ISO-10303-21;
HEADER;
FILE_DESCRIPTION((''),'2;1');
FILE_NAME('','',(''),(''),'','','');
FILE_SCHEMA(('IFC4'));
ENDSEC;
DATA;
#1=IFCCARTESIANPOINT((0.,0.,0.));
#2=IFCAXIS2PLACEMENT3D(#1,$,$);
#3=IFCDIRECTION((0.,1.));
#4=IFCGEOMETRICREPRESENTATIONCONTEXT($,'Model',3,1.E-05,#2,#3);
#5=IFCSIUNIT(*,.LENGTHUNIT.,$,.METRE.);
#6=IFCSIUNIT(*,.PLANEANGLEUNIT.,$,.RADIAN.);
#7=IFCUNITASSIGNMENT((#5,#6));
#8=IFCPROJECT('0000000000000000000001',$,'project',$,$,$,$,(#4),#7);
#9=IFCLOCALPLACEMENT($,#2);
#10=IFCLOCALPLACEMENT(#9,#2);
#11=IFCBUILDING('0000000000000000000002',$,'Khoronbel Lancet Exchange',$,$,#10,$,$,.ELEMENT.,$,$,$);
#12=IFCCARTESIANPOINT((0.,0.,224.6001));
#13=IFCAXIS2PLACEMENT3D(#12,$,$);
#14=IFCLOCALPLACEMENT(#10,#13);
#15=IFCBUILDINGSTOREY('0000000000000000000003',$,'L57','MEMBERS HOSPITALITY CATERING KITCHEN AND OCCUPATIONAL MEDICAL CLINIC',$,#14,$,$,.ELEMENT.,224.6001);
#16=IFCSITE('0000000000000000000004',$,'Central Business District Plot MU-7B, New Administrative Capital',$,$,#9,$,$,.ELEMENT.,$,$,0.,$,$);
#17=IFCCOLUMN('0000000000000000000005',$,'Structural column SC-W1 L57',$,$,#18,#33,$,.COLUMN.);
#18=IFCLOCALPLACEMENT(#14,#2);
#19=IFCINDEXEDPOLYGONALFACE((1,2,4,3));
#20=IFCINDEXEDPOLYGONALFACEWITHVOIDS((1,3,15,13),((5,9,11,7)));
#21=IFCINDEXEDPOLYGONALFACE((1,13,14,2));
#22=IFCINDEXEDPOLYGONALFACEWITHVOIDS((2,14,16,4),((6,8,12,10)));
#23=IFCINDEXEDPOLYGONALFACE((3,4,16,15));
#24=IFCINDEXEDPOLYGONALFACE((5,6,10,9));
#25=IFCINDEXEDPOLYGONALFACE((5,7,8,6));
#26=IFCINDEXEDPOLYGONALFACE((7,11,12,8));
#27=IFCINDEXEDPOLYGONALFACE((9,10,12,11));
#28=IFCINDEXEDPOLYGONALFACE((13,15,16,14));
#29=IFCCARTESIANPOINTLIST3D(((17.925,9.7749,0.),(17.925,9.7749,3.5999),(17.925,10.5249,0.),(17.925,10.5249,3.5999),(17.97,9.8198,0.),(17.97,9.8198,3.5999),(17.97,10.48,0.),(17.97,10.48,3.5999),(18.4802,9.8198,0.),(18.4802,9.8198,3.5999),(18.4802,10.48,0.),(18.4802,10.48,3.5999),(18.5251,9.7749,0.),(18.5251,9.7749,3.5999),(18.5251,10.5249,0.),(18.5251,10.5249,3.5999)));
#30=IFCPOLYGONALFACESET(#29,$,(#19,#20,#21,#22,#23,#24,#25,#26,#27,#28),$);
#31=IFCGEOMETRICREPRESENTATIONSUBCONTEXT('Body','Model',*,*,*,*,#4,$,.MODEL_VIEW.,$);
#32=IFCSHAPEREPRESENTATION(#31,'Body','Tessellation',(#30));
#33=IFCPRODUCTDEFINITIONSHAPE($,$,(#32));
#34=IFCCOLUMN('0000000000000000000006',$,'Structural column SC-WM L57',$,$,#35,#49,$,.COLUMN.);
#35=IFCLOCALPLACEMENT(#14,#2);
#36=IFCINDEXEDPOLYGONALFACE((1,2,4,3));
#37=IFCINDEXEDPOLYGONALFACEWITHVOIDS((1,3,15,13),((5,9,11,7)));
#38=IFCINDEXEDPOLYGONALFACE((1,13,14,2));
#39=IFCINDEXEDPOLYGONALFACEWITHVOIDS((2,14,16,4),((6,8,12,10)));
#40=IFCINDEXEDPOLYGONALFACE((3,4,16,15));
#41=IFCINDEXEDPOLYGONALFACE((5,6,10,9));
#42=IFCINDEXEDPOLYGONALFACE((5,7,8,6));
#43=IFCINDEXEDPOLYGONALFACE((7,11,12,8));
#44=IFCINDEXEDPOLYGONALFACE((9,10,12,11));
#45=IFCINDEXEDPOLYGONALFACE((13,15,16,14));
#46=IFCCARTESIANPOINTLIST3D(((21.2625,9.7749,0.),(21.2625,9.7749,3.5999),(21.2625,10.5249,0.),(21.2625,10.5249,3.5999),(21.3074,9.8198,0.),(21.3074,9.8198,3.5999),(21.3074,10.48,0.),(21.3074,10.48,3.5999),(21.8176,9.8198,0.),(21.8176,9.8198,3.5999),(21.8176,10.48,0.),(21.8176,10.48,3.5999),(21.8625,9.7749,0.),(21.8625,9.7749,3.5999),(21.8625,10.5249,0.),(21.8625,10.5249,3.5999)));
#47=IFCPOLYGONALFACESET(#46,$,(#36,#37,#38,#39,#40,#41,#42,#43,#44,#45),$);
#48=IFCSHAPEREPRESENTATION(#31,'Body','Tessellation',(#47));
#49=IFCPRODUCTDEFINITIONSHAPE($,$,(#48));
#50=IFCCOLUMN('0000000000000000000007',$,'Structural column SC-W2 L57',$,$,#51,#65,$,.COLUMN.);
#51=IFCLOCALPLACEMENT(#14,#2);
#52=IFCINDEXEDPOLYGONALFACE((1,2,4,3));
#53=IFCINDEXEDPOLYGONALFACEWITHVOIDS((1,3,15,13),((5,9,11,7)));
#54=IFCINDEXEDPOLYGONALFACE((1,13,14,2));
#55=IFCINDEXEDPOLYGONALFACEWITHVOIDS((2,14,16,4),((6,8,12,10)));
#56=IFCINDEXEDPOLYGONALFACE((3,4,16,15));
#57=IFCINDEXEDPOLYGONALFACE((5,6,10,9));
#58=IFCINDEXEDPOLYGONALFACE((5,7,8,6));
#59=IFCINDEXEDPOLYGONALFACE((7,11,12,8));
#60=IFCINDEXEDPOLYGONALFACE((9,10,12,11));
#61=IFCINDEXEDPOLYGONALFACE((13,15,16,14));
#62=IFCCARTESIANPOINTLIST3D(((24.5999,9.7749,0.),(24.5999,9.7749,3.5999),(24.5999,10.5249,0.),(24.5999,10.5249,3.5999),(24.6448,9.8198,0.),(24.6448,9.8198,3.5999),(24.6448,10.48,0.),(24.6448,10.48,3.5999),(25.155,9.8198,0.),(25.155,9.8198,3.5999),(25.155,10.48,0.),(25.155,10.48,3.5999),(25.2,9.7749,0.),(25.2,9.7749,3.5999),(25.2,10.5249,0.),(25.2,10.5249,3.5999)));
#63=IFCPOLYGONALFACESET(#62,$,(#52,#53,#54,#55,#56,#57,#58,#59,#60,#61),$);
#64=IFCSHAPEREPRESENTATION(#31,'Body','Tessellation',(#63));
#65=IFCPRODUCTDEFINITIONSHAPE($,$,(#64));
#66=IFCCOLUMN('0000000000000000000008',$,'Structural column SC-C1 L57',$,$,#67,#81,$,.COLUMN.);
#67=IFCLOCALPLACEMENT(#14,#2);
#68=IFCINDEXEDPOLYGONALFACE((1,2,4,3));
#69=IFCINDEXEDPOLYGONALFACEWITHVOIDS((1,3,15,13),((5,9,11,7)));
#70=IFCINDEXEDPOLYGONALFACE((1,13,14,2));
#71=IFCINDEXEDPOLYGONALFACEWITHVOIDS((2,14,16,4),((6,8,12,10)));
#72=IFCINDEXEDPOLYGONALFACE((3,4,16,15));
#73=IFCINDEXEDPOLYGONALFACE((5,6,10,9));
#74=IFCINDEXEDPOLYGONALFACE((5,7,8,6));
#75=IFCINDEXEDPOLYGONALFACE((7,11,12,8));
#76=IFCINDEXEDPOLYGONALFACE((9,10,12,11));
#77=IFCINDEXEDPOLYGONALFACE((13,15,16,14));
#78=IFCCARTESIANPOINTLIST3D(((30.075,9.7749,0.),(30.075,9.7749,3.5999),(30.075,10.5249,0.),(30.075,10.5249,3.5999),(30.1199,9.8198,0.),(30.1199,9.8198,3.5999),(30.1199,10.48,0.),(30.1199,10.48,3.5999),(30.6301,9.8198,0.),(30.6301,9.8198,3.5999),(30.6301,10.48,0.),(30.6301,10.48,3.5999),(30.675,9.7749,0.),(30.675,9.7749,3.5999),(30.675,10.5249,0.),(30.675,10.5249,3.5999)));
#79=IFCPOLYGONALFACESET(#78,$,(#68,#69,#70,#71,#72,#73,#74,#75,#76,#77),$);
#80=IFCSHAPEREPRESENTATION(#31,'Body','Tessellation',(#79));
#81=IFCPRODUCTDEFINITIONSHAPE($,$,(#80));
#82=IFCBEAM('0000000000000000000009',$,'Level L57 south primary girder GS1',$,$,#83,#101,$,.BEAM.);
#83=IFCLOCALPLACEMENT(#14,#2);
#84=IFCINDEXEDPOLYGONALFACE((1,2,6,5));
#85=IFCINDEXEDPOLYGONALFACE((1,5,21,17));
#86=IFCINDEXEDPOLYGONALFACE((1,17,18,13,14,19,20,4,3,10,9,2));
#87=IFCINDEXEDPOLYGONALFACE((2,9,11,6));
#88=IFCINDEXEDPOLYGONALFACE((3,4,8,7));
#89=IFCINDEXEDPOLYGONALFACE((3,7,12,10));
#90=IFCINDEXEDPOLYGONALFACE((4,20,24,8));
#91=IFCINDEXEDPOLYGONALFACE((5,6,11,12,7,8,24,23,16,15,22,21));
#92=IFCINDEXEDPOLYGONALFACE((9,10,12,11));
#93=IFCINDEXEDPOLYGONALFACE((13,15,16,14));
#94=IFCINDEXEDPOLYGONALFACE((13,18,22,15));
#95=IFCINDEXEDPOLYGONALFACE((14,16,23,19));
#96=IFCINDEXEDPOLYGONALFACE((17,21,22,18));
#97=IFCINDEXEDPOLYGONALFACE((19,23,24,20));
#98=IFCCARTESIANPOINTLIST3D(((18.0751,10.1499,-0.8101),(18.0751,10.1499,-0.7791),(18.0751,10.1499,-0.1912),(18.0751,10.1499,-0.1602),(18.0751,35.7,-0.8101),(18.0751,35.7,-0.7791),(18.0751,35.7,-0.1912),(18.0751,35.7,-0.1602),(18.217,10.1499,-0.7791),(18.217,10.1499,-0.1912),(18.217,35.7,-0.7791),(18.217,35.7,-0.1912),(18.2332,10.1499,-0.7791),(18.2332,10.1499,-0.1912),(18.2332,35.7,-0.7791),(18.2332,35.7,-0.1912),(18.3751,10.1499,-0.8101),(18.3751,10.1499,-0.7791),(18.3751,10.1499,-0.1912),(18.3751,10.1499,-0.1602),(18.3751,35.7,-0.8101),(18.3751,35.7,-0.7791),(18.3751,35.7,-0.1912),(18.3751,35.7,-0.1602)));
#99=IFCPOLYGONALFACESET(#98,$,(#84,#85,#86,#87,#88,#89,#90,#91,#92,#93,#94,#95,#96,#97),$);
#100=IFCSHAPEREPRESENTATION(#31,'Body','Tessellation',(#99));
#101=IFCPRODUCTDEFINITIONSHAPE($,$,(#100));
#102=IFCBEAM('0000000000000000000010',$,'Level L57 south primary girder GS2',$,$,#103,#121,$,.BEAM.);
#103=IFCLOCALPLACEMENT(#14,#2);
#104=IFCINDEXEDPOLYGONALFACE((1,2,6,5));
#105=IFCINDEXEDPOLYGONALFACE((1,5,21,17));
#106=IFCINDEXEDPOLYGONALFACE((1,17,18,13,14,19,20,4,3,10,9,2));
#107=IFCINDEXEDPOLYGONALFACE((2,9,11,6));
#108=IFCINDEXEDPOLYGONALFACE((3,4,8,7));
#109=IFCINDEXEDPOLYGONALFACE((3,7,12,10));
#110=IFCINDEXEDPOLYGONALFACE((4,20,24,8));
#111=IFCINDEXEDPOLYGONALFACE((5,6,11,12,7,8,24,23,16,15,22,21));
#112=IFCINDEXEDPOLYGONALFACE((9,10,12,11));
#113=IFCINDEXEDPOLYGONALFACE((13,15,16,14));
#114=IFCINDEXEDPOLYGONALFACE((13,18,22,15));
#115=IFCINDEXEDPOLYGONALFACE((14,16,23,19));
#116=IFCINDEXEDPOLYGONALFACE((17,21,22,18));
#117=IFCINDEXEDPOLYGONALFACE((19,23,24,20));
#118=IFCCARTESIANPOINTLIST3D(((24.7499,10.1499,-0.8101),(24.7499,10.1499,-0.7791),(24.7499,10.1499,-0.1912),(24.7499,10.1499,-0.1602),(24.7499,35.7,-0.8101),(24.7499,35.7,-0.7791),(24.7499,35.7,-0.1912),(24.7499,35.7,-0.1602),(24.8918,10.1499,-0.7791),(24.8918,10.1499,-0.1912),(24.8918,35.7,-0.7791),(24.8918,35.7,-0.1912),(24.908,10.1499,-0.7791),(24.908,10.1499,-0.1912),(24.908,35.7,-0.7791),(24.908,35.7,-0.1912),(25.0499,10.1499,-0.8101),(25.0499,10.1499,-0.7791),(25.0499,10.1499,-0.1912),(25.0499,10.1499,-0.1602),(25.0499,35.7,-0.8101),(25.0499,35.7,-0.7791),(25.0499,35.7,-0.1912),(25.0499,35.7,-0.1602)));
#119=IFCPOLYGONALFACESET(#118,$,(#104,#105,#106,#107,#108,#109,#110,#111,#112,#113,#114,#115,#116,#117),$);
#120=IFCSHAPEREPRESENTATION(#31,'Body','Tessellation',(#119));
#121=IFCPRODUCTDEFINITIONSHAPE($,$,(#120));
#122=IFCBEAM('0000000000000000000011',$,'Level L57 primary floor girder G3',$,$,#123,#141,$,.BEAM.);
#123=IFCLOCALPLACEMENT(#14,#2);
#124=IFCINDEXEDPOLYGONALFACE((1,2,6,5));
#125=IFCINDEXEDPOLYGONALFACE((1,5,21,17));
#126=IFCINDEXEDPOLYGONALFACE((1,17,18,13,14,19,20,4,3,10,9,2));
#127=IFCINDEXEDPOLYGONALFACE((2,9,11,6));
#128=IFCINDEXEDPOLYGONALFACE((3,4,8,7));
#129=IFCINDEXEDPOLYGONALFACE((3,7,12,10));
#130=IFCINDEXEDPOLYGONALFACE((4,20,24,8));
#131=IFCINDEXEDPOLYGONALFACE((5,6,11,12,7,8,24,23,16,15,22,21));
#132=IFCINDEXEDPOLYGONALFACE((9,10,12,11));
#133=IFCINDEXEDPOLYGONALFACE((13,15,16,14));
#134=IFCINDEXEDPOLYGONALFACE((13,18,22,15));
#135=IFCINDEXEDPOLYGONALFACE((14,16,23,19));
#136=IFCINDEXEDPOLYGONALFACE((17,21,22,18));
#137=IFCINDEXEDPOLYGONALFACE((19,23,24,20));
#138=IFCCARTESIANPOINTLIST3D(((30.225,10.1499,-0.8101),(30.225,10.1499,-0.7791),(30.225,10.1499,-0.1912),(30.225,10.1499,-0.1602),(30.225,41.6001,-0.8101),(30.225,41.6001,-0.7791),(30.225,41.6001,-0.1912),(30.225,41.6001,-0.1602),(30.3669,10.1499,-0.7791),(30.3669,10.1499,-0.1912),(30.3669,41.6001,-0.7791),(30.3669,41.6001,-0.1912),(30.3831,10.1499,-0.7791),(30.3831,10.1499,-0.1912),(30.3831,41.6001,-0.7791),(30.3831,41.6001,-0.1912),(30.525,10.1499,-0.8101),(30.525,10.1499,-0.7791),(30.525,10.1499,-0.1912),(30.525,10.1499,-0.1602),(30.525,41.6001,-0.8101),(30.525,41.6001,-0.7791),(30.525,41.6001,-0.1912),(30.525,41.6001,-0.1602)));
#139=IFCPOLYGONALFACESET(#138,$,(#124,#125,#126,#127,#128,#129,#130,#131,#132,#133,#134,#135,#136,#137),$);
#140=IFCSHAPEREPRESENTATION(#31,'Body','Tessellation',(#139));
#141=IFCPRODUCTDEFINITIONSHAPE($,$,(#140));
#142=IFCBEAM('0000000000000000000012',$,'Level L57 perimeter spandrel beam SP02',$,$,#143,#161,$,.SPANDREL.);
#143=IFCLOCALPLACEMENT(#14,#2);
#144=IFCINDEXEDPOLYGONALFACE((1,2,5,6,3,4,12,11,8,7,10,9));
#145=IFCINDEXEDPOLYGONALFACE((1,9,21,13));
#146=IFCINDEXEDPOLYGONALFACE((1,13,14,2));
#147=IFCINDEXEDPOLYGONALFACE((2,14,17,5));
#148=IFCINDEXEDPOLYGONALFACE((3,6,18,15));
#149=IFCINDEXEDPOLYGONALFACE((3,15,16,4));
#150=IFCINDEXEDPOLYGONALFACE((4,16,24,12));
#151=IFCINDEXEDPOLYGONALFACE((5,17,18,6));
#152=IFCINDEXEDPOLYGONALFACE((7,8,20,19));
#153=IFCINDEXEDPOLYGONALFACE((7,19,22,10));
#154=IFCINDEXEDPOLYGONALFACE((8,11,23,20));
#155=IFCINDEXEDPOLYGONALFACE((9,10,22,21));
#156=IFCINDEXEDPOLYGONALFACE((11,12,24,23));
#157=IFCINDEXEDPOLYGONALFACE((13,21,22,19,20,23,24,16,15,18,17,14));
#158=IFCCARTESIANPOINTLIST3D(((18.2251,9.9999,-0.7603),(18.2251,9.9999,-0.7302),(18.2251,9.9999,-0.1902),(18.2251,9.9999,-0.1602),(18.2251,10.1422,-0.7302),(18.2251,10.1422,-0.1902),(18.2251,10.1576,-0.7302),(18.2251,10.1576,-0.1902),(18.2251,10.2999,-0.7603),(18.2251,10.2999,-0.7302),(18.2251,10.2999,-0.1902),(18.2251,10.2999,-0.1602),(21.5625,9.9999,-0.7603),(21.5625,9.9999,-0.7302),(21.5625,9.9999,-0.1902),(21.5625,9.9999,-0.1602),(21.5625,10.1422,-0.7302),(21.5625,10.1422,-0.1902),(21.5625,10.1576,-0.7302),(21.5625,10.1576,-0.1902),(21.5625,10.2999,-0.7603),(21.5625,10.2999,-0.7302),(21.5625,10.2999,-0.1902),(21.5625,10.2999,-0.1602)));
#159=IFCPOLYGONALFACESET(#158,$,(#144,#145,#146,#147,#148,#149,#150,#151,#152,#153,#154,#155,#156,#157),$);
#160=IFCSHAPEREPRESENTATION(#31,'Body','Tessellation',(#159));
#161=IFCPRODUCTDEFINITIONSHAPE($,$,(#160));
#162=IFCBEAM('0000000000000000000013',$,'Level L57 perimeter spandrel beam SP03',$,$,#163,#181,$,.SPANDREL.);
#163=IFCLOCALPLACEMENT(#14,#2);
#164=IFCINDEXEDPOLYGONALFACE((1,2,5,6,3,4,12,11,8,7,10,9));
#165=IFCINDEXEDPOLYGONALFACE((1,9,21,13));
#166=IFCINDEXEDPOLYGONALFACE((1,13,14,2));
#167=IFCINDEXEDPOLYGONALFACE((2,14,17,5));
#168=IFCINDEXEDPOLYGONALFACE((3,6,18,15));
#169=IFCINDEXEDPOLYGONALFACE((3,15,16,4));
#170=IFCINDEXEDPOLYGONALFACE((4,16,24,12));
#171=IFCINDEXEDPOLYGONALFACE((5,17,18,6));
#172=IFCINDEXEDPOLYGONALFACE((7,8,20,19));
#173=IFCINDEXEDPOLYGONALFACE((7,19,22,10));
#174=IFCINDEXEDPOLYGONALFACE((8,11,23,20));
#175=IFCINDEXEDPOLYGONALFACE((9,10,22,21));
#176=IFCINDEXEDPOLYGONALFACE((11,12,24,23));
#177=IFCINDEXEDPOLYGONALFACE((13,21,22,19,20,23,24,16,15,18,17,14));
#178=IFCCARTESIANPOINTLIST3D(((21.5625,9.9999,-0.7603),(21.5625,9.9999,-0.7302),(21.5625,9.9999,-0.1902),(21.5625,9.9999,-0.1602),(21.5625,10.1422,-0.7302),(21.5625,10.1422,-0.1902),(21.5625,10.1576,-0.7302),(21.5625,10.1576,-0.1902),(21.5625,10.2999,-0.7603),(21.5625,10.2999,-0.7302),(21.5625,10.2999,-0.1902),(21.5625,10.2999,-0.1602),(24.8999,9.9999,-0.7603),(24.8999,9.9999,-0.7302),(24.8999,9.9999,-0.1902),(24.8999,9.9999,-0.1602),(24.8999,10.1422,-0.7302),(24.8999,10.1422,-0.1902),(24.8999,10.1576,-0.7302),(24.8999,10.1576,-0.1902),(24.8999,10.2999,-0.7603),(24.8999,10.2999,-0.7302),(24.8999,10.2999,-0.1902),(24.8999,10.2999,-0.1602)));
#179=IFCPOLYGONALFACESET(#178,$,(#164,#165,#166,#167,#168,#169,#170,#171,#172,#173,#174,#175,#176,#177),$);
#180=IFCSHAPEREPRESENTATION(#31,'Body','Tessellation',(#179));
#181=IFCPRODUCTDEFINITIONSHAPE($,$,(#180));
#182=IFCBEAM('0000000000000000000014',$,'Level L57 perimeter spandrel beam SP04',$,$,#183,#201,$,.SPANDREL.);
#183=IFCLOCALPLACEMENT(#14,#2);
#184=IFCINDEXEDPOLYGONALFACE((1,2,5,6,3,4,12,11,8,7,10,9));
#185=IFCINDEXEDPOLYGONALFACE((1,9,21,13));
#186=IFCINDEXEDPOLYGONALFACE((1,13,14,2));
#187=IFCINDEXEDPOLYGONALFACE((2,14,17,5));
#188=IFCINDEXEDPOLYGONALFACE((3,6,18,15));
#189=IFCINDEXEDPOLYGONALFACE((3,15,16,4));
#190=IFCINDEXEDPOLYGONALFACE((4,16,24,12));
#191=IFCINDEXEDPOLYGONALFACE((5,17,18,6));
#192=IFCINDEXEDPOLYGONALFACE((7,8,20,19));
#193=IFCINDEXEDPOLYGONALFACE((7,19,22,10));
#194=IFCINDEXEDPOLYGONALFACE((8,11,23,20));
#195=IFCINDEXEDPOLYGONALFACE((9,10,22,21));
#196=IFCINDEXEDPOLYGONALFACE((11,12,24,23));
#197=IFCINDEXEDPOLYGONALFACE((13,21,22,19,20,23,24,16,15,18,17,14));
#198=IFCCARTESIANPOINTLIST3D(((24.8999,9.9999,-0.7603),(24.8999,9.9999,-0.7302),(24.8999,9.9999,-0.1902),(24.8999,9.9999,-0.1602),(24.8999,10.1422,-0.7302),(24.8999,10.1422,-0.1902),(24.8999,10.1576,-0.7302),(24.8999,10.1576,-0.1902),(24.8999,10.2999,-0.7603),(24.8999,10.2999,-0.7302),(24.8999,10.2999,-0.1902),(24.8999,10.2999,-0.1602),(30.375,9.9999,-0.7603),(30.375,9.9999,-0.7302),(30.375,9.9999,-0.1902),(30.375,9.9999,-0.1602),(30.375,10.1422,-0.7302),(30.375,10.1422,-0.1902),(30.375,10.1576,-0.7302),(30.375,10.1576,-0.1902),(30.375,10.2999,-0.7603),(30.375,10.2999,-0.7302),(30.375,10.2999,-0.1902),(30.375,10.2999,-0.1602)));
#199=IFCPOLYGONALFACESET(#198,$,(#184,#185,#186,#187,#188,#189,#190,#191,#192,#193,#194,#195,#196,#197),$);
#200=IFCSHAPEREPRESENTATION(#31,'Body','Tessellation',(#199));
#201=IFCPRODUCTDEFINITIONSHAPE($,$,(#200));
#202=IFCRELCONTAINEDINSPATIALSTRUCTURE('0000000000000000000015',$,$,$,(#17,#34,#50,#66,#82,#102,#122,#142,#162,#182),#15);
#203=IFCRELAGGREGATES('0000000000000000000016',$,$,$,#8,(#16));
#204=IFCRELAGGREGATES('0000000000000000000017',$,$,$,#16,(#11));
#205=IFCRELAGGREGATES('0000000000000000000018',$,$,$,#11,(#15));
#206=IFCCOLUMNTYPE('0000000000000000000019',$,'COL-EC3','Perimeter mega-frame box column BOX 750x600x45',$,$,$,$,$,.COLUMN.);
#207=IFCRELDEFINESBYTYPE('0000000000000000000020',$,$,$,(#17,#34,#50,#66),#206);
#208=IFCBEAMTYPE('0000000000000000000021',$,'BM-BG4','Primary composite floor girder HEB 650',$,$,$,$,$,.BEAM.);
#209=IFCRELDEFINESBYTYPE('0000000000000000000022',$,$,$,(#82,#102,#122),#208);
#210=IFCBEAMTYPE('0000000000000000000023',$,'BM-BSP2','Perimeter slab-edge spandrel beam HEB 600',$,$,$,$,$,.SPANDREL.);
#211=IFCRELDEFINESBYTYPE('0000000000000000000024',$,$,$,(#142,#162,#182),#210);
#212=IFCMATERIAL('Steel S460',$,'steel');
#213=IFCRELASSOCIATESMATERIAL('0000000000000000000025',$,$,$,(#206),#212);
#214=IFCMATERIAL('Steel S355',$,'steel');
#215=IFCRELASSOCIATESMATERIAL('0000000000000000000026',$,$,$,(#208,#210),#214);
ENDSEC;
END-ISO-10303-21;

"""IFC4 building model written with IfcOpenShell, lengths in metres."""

from ifc_helpers import new_model, si_unit, direction, frame, origin, origin_2d, place, context, subcontext, project, spatial, hollow_rectangle, i_section, extrude, material, material_profile, profile_set, type_object, element, save


model = new_model("IFC4")

# Units and contexts
model_context = context("Model", 3, precision=1e-05, world=origin(), true_north=direction((0.0, 1.0)))
body_context = subcontext(model_context, "Body", "Model", "MODEL_VIEW")
ifc_project = project(units=[si_unit("LENGTHUNIT", "METRE"), si_unit("PLANEANGLEUNIT", "RADIAN")], contexts=[model_context])

# Site, building, storey
site_placement = place(None, origin())
site = spatial("IfcSite", under=ifc_project, at=site_placement, Name="Central Business District Plot MU-7B, New Administrative Capital", CompositionType="ELEMENT", RefElevation=0.0)
building_placement = place(site_placement, origin())
building = spatial("IfcBuilding", under=site, at=building_placement, Name="Khoronbel Lancet Exchange", CompositionType="ELEMENT")
storey_placement = place(building_placement, frame((0.0, 0.0, 224.6001)))
storey = spatial("IfcBuildingStorey", under=building, at=storey_placement, Name="L57", Description="MEMBERS HOSPITALITY CATERING KITCHEN AND OCCUPATIONAL MEDICAL CLINIC", CompositionType="ELEMENT", Elevation=224.6001)

# Columns
ifc_material_1 = material(Name="Steel S460", Category="steel")
ifc_material_profile_1 = material_profile(ifc_material_1, hollow_rectangle(XDim=0.6001, YDim=0.75, WallThickness=0.0449, at=origin_2d()), Name="BOX 750x600x45")
ifc_profile_set_1 = profile_set([ifc_material_profile_1], Name="Steel S460")
column_type = type_object("IfcColumnType", Name="COL-EC3", Description="Perimeter mega-frame box column BOX 750x600x45", PredefinedType="COLUMN", material=ifc_profile_set_1)
for number, where, z_axis, x_axis, name in (
    (1, (18.2251, 10.1499, 0.0), (0.0, 0.0, 1.0), (1.0, 0.0, 0.0), "Structural column SC-W1 L57"),
    (2, (21.5625, 10.1499, 0.0), (0.0, 0.0, 1.0), (1.0, 0.0, 0.0), "Structural column SC-WM L57"),
    (3, (24.8999, 10.1499, 0.0), (0.0, 0.0, 1.0), (1.0, 0.0, 0.0), "Structural column SC-W2 L57"),
    (4, (30.375, 10.1499, 0.0), (0.0, 0.0, 1.0), (1.0, 0.0, 0.0), "Structural column SC-C1 L57"),
):
    element("IfcColumn", number, at=place(storey_placement, frame(where, z_axis=z_axis, x_axis=x_axis)), inside=storey, type_object=column_type, Name=name, PredefinedType="COLUMN", context=body_context, shape_type="SweptSolid", body=[
        extrude(hollow_rectangle(XDim=0.6001, YDim=0.75, WallThickness=0.0449, at=origin_2d()), origin(), (0.0, 0.0, 1.0), 3.5999),
    ])

# Beams
ifc_material_2 = material(Name="Steel S355", Category="steel")
ifc_material_profile_2 = material_profile(ifc_material_2, i_section(OverallWidth=0.3, OverallDepth=0.6499, WebThickness=0.0161, FlangeThickness=0.031, at=origin_2d()), Name="HEB 650")
ifc_profile_set_2 = profile_set([ifc_material_profile_2], Name="Steel S355")
beam_type_1 = type_object("IfcBeamType", Name="BM-BG4", Description="Primary composite floor girder HEB 650", PredefinedType="BEAM", material=ifc_profile_set_2)
for number, where, z_axis, x_axis, name in (
    (5, (18.2251, 10.1499, -0.4851), (0.0, 1.0, 0.0), (-1.0, 0.0, 0.0), "Level L57 south primary girder GS1"),
    (6, (24.8999, 10.1499, -0.4851), (0.0, 1.0, 0.0), (-1.0, 0.0, 0.0), "Level L57 south primary girder GS2"),
):
    element("IfcBeam", number, at=place(storey_placement, frame(where, z_axis=z_axis, x_axis=x_axis)), inside=storey, type_object=beam_type_1, Name=name, PredefinedType="BEAM", context=body_context, shape_type="SweptSolid", body=[
        extrude(i_section(OverallWidth=0.3, OverallDepth=0.6499, WebThickness=0.0161, FlangeThickness=0.031, at=origin_2d()), origin(), (0.0, 0.0, 1.0), 25.55),
    ])
beam_1_placement = place(storey_placement, frame((30.375, 10.1499, -0.4851), z_axis=(0.0, 1.0, 0.0), x_axis=(-1.0, 0.0, 0.0)))
element("IfcBeam", 7, at=beam_1_placement, inside=storey, type_object=beam_type_1, Name="Level L57 primary floor girder G3", PredefinedType="BEAM", context=body_context, shape_type="SweptSolid", body=[
    extrude(i_section(OverallWidth=0.3, OverallDepth=0.6499, WebThickness=0.0161, FlangeThickness=0.031, at=origin_2d()), origin(), (0.0, 0.0, 1.0), 31.4502),
])
ifc_material_profile_3 = material_profile(ifc_material_2, i_section(OverallWidth=0.3, OverallDepth=0.6001, WebThickness=0.0154, FlangeThickness=0.03, at=origin_2d()), Name="HEB 600")
ifc_profile_set_3 = profile_set([ifc_material_profile_3], Name="Steel S355")
beam_type_2 = type_object("IfcBeamType", Name="BM-BSP2", Description="Perimeter slab-edge spandrel beam HEB 600", PredefinedType="SPANDREL", material=ifc_profile_set_3)
for number, where, z_axis, x_axis, name in (
    (8, (18.2251, 10.1499, -0.4602), (1.0, 0.0, 0.0), (0.0, 1.0, 0.0), "Level L57 perimeter spandrel beam SP02"),
    (9, (21.5625, 10.1499, -0.4602), (1.0, 0.0, 0.0), (0.0, 1.0, 0.0), "Level L57 perimeter spandrel beam SP03"),
):
    element("IfcBeam", number, at=place(storey_placement, frame(where, z_axis=z_axis, x_axis=x_axis)), inside=storey, type_object=beam_type_2, Name=name, PredefinedType="SPANDREL", context=body_context, shape_type="SweptSolid", body=[
        extrude(i_section(OverallWidth=0.3, OverallDepth=0.6001, WebThickness=0.0154, FlangeThickness=0.03, at=origin_2d()), origin(), (0.0, 0.0, 1.0), 3.3374),
    ])
beam_2_placement = place(storey_placement, frame((24.8999, 10.1499, -0.4602), z_axis=(1.0, 0.0, 0.0), x_axis=(0.0, 1.0, 0.0)))
element("IfcBeam", 10, at=beam_2_placement, inside=storey, type_object=beam_type_2, Name="Level L57 perimeter spandrel beam SP04", PredefinedType="SPANDREL", context=body_context, shape_type="SweptSolid", body=[
    extrude(i_section(OverallWidth=0.3, OverallDepth=0.6001, WebThickness=0.0154, FlangeThickness=0.03, at=origin_2d()), origin(), (0.0, 0.0, 1.0), 5.4751),
])

save(model, "model.ifc")
